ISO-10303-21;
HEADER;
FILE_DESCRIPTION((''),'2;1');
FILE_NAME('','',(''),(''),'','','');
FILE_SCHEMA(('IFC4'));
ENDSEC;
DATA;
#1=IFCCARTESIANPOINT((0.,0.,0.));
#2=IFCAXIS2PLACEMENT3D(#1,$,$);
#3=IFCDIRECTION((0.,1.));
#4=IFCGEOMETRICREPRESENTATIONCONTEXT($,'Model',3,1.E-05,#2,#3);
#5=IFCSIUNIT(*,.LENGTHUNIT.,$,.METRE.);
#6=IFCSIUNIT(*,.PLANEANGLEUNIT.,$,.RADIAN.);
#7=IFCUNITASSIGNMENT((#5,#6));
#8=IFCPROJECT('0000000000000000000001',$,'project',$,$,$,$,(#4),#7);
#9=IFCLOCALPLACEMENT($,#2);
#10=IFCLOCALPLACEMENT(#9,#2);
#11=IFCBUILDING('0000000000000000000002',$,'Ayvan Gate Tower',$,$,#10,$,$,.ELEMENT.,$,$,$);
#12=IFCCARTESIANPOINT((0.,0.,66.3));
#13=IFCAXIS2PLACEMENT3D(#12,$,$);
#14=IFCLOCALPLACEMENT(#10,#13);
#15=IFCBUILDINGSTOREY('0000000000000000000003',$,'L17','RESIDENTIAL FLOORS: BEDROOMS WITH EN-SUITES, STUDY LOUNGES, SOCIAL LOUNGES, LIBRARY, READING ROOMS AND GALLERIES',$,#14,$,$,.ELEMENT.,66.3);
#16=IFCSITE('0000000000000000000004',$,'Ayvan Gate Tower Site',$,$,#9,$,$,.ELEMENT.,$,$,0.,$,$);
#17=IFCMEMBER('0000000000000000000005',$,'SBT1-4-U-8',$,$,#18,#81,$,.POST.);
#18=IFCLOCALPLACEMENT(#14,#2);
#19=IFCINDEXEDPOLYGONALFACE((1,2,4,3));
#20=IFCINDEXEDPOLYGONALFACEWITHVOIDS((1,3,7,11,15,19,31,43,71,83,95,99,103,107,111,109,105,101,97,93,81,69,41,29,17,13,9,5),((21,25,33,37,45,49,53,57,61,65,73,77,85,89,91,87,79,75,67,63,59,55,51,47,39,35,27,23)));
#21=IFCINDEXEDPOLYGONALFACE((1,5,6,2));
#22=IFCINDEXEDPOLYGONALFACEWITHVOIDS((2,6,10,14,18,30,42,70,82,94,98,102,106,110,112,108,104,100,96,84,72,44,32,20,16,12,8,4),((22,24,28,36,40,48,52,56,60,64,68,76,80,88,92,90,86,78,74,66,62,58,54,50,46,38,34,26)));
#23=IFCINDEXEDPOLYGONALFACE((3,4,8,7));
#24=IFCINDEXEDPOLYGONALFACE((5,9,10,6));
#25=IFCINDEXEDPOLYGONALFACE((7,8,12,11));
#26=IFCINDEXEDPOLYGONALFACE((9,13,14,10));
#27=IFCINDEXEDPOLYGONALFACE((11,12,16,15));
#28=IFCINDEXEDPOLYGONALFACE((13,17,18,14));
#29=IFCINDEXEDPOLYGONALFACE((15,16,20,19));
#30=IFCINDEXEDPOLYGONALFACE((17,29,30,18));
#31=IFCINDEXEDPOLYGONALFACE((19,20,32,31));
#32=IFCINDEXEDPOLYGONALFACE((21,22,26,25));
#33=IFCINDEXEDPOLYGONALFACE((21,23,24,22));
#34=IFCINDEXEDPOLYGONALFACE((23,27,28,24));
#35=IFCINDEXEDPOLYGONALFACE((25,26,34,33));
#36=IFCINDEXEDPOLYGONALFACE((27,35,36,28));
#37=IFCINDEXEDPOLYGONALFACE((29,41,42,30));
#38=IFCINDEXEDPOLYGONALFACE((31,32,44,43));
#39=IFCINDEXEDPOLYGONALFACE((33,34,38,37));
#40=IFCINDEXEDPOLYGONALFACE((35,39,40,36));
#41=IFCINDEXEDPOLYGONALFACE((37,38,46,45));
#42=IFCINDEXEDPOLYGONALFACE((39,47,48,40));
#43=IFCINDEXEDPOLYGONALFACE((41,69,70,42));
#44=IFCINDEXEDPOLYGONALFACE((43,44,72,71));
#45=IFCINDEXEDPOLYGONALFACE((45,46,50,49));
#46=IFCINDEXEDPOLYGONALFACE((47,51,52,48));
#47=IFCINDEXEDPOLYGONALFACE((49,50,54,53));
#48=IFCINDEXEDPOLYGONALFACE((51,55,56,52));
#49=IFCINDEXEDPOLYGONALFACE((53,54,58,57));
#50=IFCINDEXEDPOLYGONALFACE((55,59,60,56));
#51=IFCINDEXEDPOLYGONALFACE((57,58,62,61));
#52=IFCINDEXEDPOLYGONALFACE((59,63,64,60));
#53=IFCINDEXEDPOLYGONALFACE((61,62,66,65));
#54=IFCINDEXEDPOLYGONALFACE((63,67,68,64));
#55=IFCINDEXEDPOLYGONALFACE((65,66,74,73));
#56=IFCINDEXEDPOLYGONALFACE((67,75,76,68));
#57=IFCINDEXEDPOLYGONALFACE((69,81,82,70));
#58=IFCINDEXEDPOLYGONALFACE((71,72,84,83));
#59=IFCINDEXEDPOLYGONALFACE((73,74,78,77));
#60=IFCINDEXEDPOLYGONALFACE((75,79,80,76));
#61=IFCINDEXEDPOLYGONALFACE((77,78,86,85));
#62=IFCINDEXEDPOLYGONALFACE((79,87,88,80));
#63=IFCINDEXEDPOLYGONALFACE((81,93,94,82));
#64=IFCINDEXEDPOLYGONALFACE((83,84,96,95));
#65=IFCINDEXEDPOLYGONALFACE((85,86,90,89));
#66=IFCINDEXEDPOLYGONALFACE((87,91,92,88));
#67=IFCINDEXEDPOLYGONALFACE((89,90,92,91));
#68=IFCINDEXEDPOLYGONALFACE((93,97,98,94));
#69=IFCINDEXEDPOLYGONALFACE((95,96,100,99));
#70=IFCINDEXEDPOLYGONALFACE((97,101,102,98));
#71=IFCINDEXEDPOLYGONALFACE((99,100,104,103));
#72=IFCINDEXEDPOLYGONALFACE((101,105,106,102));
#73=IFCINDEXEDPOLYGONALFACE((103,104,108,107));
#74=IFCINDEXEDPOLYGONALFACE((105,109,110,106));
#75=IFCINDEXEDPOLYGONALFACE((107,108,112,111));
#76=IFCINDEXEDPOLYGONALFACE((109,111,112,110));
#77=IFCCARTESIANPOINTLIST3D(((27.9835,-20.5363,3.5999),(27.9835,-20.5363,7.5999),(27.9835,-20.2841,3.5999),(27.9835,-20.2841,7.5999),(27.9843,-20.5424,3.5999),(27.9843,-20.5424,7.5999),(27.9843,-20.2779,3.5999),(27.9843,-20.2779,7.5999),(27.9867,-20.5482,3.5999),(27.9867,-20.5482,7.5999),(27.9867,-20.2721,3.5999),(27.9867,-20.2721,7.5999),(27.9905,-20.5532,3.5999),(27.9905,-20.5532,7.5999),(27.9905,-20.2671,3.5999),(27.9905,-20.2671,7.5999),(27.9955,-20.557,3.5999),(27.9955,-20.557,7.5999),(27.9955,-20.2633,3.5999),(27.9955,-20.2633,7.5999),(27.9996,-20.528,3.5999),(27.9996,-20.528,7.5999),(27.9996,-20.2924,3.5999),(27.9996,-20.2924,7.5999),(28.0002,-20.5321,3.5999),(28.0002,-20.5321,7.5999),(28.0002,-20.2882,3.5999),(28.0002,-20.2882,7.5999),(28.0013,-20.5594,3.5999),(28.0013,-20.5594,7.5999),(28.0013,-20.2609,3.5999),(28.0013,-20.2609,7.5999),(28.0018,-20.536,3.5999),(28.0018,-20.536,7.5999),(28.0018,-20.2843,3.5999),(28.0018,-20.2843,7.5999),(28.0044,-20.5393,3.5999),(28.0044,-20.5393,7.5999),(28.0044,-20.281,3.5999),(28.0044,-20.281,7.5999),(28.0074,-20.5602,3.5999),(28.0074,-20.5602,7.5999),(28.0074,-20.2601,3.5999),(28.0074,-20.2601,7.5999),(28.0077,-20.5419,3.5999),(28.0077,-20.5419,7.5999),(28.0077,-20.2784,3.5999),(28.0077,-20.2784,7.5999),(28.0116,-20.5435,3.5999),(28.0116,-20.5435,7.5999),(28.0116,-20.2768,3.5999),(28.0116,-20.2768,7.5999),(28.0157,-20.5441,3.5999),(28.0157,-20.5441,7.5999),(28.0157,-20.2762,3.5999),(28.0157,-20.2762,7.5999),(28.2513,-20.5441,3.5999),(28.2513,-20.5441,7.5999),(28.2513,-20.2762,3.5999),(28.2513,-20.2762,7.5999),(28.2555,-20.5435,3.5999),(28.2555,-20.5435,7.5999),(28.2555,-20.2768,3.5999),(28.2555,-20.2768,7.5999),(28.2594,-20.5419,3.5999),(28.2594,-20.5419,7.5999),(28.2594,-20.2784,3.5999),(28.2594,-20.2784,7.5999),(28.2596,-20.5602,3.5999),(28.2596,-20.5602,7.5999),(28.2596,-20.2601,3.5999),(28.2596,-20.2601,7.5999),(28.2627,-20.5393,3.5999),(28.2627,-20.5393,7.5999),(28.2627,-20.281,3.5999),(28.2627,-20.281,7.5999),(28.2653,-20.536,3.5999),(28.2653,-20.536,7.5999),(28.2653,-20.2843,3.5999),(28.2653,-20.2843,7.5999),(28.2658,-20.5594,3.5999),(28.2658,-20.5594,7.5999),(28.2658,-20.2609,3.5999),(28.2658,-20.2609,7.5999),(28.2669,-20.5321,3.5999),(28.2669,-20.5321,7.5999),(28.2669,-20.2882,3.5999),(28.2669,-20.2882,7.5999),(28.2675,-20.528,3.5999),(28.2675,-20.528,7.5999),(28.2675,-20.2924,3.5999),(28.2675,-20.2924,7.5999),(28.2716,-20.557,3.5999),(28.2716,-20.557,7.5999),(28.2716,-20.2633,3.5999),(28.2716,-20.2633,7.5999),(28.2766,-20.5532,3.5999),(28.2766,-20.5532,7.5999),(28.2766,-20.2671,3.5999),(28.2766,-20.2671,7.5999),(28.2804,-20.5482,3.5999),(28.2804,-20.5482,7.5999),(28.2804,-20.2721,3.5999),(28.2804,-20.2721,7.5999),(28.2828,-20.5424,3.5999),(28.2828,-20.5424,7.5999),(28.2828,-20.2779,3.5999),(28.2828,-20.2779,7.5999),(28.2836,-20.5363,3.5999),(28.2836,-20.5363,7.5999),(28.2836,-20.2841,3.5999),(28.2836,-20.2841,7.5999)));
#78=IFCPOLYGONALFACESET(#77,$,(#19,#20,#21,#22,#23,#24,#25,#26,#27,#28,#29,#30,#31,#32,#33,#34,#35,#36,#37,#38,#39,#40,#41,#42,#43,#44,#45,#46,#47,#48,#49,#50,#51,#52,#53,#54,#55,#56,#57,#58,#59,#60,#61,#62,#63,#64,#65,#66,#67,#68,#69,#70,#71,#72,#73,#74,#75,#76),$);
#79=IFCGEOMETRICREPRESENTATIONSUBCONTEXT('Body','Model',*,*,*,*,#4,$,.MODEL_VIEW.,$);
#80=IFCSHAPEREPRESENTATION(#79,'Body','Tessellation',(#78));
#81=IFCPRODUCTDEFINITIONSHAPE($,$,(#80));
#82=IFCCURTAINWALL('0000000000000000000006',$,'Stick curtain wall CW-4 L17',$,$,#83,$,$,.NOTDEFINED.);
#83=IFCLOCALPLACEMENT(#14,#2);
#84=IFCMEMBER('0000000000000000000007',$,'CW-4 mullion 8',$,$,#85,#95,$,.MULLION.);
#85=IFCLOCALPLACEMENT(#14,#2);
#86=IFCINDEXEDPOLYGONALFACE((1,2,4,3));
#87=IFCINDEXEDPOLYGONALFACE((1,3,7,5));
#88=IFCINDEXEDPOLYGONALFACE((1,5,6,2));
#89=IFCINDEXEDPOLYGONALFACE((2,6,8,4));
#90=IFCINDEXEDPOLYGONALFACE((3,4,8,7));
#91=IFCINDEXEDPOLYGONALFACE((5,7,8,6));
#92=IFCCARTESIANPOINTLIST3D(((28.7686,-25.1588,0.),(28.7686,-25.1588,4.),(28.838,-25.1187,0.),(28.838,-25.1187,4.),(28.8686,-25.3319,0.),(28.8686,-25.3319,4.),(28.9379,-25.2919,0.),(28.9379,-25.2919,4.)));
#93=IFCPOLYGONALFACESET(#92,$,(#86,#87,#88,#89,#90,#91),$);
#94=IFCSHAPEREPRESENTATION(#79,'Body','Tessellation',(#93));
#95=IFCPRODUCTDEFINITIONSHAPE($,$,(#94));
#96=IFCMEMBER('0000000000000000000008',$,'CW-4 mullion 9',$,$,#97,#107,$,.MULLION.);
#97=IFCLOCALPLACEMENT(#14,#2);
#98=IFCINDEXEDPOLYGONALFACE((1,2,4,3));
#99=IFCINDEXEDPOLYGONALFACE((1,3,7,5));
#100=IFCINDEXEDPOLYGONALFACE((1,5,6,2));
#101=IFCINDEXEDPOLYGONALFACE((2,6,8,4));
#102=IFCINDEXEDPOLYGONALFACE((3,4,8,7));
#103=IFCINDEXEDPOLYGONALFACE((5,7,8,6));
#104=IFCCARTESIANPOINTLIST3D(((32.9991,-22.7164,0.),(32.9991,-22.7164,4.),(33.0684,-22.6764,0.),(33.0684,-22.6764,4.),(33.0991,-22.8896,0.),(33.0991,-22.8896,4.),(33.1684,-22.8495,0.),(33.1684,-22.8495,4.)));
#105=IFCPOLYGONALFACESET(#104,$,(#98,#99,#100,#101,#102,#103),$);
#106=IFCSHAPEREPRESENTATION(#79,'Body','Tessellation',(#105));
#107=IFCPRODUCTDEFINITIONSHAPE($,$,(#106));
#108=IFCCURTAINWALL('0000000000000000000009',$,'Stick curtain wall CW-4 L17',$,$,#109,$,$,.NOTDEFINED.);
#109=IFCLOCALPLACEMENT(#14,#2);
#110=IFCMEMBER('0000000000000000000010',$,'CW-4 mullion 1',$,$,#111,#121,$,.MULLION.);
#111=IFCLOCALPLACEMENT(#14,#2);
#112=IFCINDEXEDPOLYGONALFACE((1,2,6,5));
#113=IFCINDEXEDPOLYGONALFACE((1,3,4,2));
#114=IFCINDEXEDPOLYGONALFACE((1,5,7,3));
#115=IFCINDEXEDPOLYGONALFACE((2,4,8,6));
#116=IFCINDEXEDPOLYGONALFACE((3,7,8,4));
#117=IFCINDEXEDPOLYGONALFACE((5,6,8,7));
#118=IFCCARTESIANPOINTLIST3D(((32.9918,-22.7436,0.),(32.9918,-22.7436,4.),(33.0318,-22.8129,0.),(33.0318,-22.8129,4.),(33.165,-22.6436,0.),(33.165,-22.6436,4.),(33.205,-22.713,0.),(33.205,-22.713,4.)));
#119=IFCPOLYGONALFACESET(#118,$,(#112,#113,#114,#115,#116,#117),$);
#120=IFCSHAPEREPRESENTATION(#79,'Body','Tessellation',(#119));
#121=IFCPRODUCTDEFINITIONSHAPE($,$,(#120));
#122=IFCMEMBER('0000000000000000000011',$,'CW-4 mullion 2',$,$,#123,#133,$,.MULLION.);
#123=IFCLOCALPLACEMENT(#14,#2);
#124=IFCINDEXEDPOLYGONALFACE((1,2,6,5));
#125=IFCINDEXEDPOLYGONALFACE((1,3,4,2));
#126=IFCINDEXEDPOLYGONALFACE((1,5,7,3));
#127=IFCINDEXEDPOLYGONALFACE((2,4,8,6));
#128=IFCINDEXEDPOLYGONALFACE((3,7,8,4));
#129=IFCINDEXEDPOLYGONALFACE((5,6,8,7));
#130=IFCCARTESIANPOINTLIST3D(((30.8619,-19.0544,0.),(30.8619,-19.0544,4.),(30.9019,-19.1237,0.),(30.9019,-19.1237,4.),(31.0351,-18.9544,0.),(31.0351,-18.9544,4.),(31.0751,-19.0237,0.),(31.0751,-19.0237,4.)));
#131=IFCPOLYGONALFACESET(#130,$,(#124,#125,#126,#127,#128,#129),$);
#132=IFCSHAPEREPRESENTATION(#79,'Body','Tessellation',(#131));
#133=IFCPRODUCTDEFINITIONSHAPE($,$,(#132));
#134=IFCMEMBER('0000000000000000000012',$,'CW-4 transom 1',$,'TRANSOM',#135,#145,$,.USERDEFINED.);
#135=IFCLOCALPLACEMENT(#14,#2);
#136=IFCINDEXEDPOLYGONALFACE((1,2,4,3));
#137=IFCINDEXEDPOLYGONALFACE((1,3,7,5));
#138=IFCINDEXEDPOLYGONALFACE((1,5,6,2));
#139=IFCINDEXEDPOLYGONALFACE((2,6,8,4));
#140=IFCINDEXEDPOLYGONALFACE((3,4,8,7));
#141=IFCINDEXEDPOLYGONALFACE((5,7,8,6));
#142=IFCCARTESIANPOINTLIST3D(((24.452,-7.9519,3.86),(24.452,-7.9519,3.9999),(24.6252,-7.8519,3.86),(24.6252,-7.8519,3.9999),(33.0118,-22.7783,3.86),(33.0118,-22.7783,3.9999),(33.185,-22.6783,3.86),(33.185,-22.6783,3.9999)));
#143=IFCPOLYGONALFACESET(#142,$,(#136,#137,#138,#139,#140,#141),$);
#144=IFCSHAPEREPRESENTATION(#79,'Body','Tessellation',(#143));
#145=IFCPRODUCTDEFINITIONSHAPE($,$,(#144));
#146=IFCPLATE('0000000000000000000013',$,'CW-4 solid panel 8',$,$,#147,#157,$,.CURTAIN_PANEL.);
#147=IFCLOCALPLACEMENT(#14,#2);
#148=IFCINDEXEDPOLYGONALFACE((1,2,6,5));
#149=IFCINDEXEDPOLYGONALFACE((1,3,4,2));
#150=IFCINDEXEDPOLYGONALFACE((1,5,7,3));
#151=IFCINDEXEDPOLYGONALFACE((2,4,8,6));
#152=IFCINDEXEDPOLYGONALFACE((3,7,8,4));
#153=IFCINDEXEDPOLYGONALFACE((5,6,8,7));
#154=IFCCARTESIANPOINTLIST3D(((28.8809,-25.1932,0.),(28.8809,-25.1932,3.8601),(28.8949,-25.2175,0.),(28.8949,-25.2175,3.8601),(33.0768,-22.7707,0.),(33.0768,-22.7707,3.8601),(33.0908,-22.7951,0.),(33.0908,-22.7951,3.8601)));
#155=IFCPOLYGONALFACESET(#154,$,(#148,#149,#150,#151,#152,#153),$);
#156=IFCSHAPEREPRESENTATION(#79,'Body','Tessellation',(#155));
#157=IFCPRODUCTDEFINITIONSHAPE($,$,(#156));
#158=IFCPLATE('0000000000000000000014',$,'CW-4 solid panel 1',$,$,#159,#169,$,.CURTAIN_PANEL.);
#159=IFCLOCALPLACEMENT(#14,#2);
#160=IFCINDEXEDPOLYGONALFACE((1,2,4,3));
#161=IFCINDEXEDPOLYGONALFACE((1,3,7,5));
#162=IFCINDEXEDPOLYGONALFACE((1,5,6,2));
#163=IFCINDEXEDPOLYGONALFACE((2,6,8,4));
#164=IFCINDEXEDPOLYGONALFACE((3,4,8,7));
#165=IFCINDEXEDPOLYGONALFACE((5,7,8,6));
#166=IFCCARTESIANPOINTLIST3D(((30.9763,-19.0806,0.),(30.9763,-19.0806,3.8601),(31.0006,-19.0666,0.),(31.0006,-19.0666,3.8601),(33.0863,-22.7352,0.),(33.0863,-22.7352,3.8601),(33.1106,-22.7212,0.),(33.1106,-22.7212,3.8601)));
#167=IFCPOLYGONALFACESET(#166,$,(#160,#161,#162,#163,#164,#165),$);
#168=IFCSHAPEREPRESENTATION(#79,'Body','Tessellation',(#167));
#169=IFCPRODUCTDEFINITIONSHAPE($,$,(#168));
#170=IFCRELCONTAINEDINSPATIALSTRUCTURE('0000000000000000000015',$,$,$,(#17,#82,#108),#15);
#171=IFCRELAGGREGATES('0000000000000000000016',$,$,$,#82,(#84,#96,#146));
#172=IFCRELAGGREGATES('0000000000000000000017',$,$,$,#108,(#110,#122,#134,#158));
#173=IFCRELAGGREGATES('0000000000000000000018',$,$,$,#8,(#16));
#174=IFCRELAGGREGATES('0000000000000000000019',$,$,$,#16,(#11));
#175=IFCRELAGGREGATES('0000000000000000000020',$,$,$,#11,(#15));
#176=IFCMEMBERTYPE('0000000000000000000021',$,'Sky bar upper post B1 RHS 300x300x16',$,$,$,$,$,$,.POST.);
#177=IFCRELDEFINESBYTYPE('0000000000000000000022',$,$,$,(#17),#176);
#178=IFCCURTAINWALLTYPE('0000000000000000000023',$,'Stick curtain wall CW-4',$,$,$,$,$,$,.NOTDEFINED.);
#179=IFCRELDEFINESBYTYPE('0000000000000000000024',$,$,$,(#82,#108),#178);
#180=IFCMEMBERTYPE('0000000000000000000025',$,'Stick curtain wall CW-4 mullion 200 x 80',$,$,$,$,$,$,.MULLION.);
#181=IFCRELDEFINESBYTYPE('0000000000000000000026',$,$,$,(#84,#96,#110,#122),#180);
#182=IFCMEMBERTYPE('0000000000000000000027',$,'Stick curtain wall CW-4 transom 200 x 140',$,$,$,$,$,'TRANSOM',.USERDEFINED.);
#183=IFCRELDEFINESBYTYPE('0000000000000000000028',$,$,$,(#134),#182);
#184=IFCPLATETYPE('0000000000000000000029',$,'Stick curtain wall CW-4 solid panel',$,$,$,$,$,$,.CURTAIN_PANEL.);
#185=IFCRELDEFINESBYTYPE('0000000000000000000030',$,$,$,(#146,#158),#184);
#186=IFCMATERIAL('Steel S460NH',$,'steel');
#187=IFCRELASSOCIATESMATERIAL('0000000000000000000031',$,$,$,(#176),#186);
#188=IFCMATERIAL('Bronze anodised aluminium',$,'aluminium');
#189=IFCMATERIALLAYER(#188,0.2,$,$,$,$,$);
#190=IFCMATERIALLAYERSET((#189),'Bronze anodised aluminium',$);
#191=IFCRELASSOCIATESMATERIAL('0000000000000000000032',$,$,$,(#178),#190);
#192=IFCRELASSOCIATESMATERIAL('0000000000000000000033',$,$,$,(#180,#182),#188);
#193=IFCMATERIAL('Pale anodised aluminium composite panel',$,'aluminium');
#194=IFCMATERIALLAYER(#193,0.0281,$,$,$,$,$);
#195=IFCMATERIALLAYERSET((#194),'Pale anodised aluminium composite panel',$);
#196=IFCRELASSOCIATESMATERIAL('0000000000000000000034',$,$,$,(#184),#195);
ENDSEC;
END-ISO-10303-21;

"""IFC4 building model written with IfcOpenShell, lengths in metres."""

from ifc_helpers import new_model, si_unit, direction, frame, origin, origin_2d, place, context, subcontext, project, spatial, rectangle, hollow_rectangle, extrude, material, layer, layer_set, material_profile, profile_set, type_object, element, aggregate, save


model = new_model("IFC4")

# Units and contexts
model_context = context("Model", 3, precision=1e-05, world=origin(), true_north=direction((0.0, 1.0)))
body_context = subcontext(model_context, "Body", "Model", "MODEL_VIEW")
ifc_project = project(units=[si_unit("LENGTHUNIT", "METRE"), si_unit("PLANEANGLEUNIT", "RADIAN")], contexts=[model_context])

# Site, building, storey
site_placement = place(None, origin())
site = spatial("IfcSite", under=ifc_project, at=site_placement, Name="Ayvan Gate Tower Site", CompositionType="ELEMENT", RefElevation=0.0)
building_placement = place(site_placement, origin())
building = spatial("IfcBuilding", under=site, at=building_placement, Name="Ayvan Gate Tower", CompositionType="ELEMENT")
storey_placement = place(building_placement, frame((0.0, 0.0, 66.3)))
storey = spatial("IfcBuildingStorey", under=building, at=storey_placement, Name="L17", Description="RESIDENTIAL FLOORS: BEDROOMS WITH EN-SUITES, STUDY LOUNGES, SOCIAL LOUNGES, LIBRARY, READING ROOMS AND GALLERIES", CompositionType="ELEMENT", Elevation=66.3)

# Shared definitions
ifc_material_1 = material(Name="Steel S460NH", Category="steel")

# Member
ifc_material_profile_1 = material_profile(ifc_material_1, hollow_rectangle(XDim=0.3, YDim=0.3, WallThickness=0.0161, InnerFilletRadius=0.0161, OuterFilletRadius=0.0239, at=origin_2d()), Name="RHS 300x300x16")
ifc_profile_set_1 = profile_set([ifc_material_profile_1], Name="Steel S460NH")
member_type_1 = type_object("IfcMemberType", Name="Sky bar upper post B1 RHS 300x300x16", PredefinedType="POST", material=ifc_profile_set_1)
member_1_placement = place(storey_placement, frame((28.1335, -20.4102, 3.5999), z_axis=(0.0, 0.0, 1.0), x_axis=(1.0, 0.0, 0.0)))
element("IfcMember", 1, at=member_1_placement, inside=storey, type_object=member_type_1, Name="SBT1-4-U-8", PredefinedType="POST", context=body_context, shape_type="SweptSolid", body=[
    extrude(hollow_rectangle(XDim=0.3, YDim=0.3, WallThickness=0.0161, InnerFilletRadius=0.0161, OuterFilletRadius=0.0239, at=origin_2d()), origin(), (0.0, 0.0, 1.0), 4.0),
])

# Curtain walls, members
ifc_material_2 = material(Name="Bronze anodised aluminium", Category="aluminium")
ifc_layer_1 = layer(ifc_material_2, 0.2)
ifc_layer_set_1 = layer_set([ifc_layer_1], Name="Bronze anodised aluminium")
curtain_wall_type = type_object("IfcCurtainWallType", Name="Stick curtain wall CW-4", PredefinedType="NOTDEFINED", material=ifc_layer_set_1)
curtain_wall_1_placement = place(storey_placement, origin())
curtain_wall_1 = element("IfcCurtainWall", 2, at=curtain_wall_1_placement, inside=storey, type_object=curtain_wall_type, Name="Stick curtain wall CW-4 L17", PredefinedType="NOTDEFINED")
ifc_material_profile_2 = material_profile(ifc_material_2, rectangle(XDim=0.2, YDim=0.0801, at=origin_2d()), Name="Stick curtain wall CW-4 mullion 200 x 80")
ifc_profile_set_2 = profile_set([ifc_material_profile_2], Name="Bronze anodised aluminium")
member_type_2 = type_object("IfcMemberType", Name="Stick curtain wall CW-4 mullion 200 x 80", PredefinedType="MULLION", material=ifc_profile_set_2)
member_2_placement = place(storey_placement, frame((28.8533, -25.2253, 0.0), z_axis=(0.0, 0.0, 1.0), x_axis=(0.5, -0.866025, 0.0)))
member_2 = element("IfcMember", 3, at=member_2_placement, type_object=member_type_2, Name="CW-4 mullion 8", PredefinedType="MULLION", context=body_context, shape_type="SweptSolid", body=[
    extrude(rectangle(XDim=0.2, YDim=0.0801, at=origin_2d()), origin(), (0.0, 0.0, 1.0), 4.0),
])
member_3_placement = place(storey_placement, frame((33.0837, -22.783, 0.0), z_axis=(0.0, 0.0, 1.0), x_axis=(0.5, -0.866025, 0.0)))
member_3 = element("IfcMember", 4, at=member_3_placement, type_object=member_type_2, Name="CW-4 mullion 9", PredefinedType="MULLION", context=body_context, shape_type="SweptSolid", body=[
    extrude(rectangle(XDim=0.2, YDim=0.0801, at=origin_2d()), origin(), (0.0, 0.0, 1.0), 4.0),
])
curtain_wall_2_placement = place(storey_placement, origin())
curtain_wall_2 = element("IfcCurtainWall", 5, at=curtain_wall_2_placement, inside=storey, type_object=curtain_wall_type, Name="Stick curtain wall CW-4 L17", PredefinedType="NOTDEFINED")
member_4_placement = place(storey_placement, frame((33.0984, -22.7283, 0.0), z_axis=(0.0, 0.0, 1.0), x_axis=(0.866025, 0.5, 0.0)))
member_4 = element("IfcMember", 6, at=member_4_placement, type_object=member_type_2, Name="CW-4 mullion 1", PredefinedType="MULLION", context=body_context, shape_type="SweptSolid", body=[
    extrude(rectangle(XDim=0.2, YDim=0.0801, at=origin_2d()), origin(), (0.0, 0.0, 1.0), 4.0),
])
member_5_placement = place(storey_placement, frame((30.9685, -19.0391, 0.0), z_axis=(0.0, 0.0, 1.0), x_axis=(0.866025, 0.5, 0.0)))
member_5 = element("IfcMember", 7, at=member_5_placement, type_object=member_type_2, Name="CW-4 mullion 2", PredefinedType="MULLION", context=body_context, shape_type="SweptSolid", body=[
    extrude(rectangle(XDim=0.2, YDim=0.0801, at=origin_2d()), origin(), (0.0, 0.0, 1.0), 4.0),
])
ifc_material_profile_3 = material_profile(ifc_material_2, rectangle(XDim=0.2, YDim=0.1399, at=origin_2d()), Name="Stick curtain wall CW-4 transom 200 x 140")
ifc_profile_set_3 = profile_set([ifc_material_profile_3], Name="Bronze anodised aluminium")
member_type_3 = type_object("IfcMemberType", Name="Stick curtain wall CW-4 transom 200 x 140", ElementType="TRANSOM", PredefinedType="USERDEFINED", material=ifc_profile_set_3)
member_6_placement = place(storey_placement, frame((33.0984, -22.7283, 3.9299), z_axis=(-0.49999, 0.866031, 0.0), x_axis=(-0.866031, -0.49999, 0.0)))
member_6 = element("IfcMember", 8, at=member_6_placement, type_object=member_type_3, Name="CW-4 transom 1", ObjectType="TRANSOM", PredefinedType="USERDEFINED", context=body_context, shape_type="SweptSolid", body=[
    extrude(rectangle(XDim=0.2, YDim=0.1399, at=origin_2d()), origin(), (0.0, 0.0, 1.0), 17.1199),
])

# Plates
ifc_material_3 = material(Name="Pale anodised aluminium composite panel", Category="aluminium")
ifc_layer_2 = layer(ifc_material_3, 0.0281)
ifc_layer_set_2 = layer_set([ifc_layer_2], Name="Pale anodised aluminium composite panel")
plate_type = type_object("IfcPlateType", Name="Stick curtain wall CW-4 solid panel", PredefinedType="CURTAIN_PANEL", material=ifc_layer_set_2)
plate_1_placement = place(storey_placement, frame((30.9858, -23.9941, 0.0), z_axis=(0.0, 0.0, 1.0), x_axis=(0.866025, 0.5, 0.0)))
plate_1 = element("IfcPlate", 9, at=plate_1_placement, type_object=plate_type, Name="CW-4 solid panel 8", PredefinedType="CURTAIN_PANEL", context=body_context, shape_type="SweptSolid", body=[
    extrude(rectangle(XDim=4.845, YDim=0.0281, at=origin_2d()), origin(), (0.0, 0.0, 1.0), 3.8601),
])
aggregate(curtain_wall_1, [member_2, member_3, plate_1])
plate_2_placement = place(storey_placement, frame((32.0435, -20.9009, 0.0), z_axis=(0.0, 0.0, 1.0), x_axis=(-0.5, 0.866025, 0.0)))
plate_2 = element("IfcPlate", 10, at=plate_2_placement, type_object=plate_type, Name="CW-4 solid panel 1", PredefinedType="CURTAIN_PANEL", context=body_context, shape_type="SweptSolid", body=[
    extrude(rectangle(XDim=4.22, YDim=0.0281, at=origin_2d()), origin(), (0.0, 0.0, 1.0), 3.8601),
])
aggregate(curtain_wall_2, [member_4, member_5, member_6, plate_2])

save(model, "model.ifc")
